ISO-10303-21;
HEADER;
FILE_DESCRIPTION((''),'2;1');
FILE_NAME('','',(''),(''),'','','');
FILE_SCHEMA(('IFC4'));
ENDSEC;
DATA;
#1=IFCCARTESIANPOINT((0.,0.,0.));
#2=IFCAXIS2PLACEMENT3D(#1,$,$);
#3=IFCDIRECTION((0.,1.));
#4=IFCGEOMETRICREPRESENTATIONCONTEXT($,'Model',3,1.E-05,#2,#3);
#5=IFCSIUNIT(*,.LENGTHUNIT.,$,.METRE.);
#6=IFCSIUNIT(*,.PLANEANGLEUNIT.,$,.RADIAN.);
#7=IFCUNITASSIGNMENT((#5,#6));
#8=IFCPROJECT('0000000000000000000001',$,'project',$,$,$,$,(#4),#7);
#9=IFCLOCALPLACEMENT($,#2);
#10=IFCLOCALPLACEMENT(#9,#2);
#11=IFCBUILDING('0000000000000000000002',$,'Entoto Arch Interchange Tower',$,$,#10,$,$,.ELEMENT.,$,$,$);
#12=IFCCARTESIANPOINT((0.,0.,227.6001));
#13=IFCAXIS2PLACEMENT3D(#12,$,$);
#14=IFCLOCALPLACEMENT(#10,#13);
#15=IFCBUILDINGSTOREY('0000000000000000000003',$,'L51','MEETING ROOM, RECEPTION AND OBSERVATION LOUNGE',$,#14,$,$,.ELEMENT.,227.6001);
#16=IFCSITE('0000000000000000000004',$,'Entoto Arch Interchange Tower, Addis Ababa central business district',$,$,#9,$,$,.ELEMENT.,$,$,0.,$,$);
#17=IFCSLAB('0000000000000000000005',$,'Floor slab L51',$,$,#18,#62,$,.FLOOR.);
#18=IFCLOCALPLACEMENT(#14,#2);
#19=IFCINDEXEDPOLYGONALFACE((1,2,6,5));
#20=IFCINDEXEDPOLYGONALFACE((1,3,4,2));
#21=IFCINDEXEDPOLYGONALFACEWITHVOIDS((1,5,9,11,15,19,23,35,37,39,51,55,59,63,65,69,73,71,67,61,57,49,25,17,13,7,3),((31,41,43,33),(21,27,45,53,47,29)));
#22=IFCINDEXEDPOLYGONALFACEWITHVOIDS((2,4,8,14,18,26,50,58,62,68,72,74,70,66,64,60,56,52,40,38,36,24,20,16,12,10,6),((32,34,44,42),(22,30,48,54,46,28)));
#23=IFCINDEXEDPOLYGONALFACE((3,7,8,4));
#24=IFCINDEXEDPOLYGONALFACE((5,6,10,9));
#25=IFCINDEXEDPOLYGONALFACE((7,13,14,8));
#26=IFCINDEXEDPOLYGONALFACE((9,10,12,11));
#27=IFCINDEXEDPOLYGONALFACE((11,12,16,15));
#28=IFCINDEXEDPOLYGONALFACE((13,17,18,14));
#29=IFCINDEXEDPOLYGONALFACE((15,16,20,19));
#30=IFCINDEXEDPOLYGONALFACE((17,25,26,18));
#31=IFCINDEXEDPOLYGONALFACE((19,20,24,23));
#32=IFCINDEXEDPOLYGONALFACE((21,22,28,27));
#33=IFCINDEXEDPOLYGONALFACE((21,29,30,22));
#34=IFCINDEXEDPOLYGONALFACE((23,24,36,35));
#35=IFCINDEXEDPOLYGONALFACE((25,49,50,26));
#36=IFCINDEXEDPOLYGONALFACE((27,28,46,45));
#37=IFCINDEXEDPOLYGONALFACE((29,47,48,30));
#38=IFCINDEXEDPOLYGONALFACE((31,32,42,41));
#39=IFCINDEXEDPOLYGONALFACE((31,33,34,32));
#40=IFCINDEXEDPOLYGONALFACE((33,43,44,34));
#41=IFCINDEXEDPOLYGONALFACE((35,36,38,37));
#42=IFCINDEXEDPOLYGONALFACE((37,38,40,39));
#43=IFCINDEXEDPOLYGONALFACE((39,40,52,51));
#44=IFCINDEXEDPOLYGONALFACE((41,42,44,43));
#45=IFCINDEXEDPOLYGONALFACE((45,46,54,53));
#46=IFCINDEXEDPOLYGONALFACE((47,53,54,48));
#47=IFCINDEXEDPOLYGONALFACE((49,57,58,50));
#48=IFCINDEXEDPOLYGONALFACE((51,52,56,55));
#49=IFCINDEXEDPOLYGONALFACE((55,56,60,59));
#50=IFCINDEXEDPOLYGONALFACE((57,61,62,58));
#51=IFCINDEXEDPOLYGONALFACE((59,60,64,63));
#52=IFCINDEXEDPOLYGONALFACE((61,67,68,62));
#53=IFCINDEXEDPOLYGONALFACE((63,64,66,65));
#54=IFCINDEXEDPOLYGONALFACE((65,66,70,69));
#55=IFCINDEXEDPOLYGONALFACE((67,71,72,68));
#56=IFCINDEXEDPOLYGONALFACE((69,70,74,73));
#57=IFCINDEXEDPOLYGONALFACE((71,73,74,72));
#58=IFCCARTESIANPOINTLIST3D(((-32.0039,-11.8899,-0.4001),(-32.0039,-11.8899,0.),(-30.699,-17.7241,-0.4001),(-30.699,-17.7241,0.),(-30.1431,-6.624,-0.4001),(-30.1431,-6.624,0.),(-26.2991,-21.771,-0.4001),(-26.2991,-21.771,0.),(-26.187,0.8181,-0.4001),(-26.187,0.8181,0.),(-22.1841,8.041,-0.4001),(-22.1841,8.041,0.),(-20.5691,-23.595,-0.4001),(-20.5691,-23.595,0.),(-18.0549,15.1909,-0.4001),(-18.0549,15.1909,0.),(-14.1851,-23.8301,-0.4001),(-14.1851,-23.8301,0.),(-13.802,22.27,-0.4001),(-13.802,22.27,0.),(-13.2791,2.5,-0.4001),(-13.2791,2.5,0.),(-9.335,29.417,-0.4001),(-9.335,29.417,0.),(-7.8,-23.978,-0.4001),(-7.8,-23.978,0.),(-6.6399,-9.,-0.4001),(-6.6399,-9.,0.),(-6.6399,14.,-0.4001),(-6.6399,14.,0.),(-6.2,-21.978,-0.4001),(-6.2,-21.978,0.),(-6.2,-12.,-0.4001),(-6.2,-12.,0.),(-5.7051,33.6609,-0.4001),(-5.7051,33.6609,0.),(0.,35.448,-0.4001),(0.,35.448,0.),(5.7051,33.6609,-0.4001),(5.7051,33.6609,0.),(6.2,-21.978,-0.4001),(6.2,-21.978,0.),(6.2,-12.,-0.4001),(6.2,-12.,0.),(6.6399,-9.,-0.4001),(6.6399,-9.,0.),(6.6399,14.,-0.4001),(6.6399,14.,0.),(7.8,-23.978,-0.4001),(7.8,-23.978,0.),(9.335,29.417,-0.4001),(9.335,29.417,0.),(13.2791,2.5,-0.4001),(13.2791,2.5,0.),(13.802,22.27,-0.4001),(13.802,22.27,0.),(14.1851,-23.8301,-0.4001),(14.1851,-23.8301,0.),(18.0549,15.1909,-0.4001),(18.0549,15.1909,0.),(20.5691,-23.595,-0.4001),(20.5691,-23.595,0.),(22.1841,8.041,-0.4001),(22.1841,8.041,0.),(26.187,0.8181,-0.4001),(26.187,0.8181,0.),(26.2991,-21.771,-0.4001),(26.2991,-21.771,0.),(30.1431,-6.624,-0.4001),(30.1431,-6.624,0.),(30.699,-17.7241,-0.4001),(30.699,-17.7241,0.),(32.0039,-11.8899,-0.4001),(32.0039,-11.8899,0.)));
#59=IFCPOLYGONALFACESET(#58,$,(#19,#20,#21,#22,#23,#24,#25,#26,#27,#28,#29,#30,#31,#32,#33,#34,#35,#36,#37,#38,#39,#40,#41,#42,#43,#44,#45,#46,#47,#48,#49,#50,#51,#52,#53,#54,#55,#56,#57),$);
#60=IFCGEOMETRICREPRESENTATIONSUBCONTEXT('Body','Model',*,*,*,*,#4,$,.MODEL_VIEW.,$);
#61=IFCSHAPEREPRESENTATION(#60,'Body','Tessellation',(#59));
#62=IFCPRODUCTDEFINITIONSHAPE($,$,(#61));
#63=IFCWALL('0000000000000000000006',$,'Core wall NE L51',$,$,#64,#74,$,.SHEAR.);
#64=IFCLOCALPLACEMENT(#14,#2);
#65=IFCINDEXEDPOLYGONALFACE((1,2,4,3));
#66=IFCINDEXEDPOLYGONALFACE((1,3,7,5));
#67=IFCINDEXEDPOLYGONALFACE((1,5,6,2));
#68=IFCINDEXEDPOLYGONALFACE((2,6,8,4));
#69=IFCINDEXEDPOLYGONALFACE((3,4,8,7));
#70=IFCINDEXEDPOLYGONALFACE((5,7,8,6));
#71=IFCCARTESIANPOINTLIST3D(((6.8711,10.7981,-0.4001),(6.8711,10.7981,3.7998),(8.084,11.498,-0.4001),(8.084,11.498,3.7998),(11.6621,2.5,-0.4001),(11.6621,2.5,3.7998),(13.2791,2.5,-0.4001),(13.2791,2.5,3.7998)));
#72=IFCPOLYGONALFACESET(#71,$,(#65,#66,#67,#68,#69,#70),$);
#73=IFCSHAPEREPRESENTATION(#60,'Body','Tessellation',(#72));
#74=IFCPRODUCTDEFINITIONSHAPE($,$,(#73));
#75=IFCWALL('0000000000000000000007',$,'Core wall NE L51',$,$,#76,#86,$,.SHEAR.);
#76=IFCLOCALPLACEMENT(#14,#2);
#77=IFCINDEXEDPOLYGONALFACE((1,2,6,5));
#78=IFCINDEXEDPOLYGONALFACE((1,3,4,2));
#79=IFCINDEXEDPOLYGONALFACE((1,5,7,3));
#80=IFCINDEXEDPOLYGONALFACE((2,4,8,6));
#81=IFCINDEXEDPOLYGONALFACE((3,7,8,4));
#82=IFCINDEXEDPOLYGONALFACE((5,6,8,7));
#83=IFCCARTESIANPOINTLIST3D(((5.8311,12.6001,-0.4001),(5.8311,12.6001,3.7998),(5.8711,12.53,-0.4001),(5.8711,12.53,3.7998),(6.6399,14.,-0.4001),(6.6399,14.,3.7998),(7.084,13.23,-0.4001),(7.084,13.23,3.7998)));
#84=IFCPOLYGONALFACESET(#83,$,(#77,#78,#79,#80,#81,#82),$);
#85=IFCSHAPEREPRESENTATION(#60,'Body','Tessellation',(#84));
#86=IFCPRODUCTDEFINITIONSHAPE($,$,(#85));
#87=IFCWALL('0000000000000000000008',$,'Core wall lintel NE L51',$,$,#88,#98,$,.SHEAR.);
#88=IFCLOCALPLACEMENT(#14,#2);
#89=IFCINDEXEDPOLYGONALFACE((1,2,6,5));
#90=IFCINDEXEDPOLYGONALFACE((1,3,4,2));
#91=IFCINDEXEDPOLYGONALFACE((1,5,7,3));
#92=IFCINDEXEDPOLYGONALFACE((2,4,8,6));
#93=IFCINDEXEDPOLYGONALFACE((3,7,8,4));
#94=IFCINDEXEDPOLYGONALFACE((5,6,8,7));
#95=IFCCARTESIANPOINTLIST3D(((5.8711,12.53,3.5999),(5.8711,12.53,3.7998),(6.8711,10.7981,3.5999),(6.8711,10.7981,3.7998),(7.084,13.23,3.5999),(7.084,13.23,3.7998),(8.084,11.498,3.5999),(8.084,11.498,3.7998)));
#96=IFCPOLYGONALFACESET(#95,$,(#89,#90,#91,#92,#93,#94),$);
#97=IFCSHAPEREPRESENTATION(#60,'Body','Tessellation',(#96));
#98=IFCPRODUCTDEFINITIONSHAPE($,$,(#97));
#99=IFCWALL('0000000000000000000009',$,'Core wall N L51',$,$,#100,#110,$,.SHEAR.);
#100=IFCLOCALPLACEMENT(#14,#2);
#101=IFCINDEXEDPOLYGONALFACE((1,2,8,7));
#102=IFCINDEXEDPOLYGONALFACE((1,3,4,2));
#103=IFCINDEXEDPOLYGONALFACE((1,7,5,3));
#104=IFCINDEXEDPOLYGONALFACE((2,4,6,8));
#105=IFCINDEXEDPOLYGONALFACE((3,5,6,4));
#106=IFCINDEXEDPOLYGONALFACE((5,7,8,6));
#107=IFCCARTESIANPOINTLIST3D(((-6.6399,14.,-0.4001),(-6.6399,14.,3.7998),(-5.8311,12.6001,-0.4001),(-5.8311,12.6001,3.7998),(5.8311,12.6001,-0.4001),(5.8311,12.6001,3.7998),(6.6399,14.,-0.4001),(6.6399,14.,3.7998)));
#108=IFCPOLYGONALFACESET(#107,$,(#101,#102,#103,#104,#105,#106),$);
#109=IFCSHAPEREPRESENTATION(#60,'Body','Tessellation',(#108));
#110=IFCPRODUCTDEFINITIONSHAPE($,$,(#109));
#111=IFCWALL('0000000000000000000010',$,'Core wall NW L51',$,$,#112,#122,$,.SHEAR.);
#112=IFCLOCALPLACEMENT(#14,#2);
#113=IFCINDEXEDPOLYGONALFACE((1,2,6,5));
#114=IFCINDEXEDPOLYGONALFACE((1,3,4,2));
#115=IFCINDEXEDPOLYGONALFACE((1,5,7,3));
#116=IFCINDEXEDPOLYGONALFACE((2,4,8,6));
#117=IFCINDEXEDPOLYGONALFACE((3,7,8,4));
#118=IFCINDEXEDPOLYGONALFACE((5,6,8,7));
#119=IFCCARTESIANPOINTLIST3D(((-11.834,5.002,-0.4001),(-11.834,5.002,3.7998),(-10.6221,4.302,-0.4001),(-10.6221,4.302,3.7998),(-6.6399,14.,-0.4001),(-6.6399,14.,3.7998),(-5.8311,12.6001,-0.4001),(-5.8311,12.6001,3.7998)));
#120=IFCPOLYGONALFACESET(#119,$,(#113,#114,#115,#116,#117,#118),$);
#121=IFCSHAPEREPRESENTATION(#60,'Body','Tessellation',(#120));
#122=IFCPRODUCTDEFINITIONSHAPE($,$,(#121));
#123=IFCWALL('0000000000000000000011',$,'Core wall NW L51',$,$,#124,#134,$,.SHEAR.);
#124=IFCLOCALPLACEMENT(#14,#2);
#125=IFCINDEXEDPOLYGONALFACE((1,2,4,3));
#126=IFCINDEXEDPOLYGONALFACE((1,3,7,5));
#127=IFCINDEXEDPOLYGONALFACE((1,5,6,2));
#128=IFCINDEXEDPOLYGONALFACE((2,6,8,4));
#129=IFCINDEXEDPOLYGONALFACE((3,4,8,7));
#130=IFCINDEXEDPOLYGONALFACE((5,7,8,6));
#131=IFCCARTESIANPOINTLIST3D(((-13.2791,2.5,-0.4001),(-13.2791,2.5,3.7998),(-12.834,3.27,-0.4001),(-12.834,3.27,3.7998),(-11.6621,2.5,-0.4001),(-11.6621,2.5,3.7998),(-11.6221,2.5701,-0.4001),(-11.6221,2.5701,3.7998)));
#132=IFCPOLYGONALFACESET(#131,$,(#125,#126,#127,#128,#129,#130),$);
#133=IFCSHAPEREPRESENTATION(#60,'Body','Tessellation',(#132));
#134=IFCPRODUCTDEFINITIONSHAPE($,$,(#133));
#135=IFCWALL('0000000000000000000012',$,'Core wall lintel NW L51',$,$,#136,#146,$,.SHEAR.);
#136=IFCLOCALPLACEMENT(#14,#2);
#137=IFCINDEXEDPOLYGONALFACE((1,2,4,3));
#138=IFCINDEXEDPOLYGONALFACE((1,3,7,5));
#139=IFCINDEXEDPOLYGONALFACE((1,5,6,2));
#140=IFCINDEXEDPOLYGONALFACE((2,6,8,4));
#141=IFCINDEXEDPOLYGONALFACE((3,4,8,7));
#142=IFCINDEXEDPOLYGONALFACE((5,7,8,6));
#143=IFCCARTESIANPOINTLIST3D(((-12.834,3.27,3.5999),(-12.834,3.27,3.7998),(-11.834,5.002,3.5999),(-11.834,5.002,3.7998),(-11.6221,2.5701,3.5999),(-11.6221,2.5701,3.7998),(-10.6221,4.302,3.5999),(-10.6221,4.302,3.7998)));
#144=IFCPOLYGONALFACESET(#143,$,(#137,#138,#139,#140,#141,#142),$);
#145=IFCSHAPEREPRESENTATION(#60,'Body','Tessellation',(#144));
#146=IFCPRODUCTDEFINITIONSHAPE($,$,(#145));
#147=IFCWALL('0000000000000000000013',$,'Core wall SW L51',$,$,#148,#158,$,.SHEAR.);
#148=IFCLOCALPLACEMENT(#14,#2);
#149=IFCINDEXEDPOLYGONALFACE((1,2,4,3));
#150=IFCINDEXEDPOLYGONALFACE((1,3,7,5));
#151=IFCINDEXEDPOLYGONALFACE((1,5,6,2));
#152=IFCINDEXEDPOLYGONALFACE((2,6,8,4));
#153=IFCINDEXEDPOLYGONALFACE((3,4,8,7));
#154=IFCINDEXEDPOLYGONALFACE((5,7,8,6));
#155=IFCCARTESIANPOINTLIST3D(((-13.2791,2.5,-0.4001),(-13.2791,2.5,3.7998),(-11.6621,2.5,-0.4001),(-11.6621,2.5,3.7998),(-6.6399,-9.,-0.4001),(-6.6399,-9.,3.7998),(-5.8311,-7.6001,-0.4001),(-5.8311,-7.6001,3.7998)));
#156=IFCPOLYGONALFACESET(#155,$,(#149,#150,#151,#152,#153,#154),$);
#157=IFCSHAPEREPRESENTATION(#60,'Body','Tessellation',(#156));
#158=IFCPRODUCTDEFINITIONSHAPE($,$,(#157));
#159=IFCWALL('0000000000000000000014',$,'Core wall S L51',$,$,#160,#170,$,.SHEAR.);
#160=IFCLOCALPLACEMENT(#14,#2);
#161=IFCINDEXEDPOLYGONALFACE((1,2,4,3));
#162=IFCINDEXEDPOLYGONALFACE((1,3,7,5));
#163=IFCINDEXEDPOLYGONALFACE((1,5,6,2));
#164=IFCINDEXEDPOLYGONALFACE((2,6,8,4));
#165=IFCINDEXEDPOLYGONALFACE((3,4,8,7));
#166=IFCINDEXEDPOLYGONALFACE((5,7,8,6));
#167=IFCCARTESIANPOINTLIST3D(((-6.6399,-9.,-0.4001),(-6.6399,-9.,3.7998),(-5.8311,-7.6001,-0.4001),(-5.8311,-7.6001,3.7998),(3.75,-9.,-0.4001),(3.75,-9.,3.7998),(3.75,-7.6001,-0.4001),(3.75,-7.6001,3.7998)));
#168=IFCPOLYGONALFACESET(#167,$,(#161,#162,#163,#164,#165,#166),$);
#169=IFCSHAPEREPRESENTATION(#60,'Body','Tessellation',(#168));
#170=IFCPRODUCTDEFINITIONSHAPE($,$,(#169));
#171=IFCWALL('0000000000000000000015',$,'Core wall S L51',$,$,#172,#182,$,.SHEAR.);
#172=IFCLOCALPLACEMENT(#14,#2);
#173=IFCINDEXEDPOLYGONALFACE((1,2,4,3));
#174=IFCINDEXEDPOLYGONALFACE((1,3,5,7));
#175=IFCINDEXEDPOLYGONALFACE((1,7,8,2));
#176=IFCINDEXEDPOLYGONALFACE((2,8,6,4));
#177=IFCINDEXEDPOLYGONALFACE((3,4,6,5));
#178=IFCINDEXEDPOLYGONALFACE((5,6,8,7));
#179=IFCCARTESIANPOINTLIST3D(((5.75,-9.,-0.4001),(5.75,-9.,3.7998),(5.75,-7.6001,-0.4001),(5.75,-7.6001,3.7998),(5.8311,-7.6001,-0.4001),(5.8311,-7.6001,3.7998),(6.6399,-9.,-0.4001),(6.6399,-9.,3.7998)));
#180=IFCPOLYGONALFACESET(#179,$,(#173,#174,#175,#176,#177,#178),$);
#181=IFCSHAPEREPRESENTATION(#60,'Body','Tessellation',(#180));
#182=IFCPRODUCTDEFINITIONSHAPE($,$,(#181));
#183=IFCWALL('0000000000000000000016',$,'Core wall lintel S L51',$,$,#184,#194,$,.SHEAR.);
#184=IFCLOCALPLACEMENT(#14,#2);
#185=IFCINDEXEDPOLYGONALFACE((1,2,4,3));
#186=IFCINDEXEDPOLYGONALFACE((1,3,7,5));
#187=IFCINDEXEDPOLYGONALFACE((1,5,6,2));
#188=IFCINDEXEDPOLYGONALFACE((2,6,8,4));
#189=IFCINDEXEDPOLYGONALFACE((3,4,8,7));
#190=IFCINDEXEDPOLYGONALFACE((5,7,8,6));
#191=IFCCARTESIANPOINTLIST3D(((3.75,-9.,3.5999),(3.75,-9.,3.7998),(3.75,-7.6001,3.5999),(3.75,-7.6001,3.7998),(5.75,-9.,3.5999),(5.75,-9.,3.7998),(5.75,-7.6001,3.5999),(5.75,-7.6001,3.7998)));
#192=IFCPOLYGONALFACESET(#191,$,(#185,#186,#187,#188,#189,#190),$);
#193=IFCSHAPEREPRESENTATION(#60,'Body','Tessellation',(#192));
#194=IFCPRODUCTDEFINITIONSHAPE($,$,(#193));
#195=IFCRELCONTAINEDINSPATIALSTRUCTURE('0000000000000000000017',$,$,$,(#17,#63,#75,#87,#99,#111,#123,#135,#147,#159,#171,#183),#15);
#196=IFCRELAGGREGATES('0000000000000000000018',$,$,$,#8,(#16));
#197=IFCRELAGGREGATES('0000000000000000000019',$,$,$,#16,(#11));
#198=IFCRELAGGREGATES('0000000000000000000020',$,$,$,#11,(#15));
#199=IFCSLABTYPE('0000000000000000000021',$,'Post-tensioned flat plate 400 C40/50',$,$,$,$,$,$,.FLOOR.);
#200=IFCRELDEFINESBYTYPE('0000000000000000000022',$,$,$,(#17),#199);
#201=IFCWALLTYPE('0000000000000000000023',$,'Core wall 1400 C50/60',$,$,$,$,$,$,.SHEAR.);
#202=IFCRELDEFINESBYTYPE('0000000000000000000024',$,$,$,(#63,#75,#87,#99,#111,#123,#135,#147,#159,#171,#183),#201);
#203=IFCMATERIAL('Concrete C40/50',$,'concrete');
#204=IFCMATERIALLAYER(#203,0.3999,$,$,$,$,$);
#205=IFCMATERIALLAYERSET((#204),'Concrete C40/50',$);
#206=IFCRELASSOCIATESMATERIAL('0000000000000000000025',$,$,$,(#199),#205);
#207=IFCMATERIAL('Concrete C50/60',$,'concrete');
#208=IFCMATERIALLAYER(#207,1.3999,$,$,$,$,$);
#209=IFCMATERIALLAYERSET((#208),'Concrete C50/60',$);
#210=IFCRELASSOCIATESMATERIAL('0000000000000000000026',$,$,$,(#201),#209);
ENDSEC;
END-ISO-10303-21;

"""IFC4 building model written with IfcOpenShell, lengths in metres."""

from ifc_helpers import new_model, si_unit, direction, frame, origin, place, context, subcontext, project, spatial, polyline, outline, extrude, material, layer, layer_set, type_object, element, save


model = new_model("IFC4")

# Units and contexts
model_context = context("Model", 3, precision=1e-05, world=origin(), true_north=direction((0.0, 1.0)))
body_context = subcontext(model_context, "Body", "Model", "MODEL_VIEW")
ifc_project = project(units=[si_unit("LENGTHUNIT", "METRE"), si_unit("PLANEANGLEUNIT", "RADIAN")], contexts=[model_context])

# Site, building, storey
site_placement = place(None, origin())
site = spatial("IfcSite", under=ifc_project, at=site_placement, Name="Entoto Arch Interchange Tower, Addis Ababa central business district", CompositionType="ELEMENT", RefElevation=0.0)
building_placement = place(site_placement, origin())
building = spatial("IfcBuilding", under=site, at=building_placement, Name="Entoto Arch Interchange Tower", CompositionType="ELEMENT")
storey_placement = place(building_placement, frame((0.0, 0.0, 227.6001)))
storey = spatial("IfcBuildingStorey", under=building, at=storey_placement, Name="L51", Description="MEETING ROOM, RECEPTION AND OBSERVATION LOUNGE", CompositionType="ELEMENT", Elevation=227.6001)

# Slab
ifc_material_1 = material(Name="Concrete C40/50", Category="concrete")
ifc_layer_1 = layer(ifc_material_1, 0.3999)
ifc_layer_set_1 = layer_set([ifc_layer_1], Name="Concrete C40/50")
slab_type = type_object("IfcSlabType", Name="Post-tensioned flat plate 400 C40/50", PredefinedType="FLOOR", material=ifc_layer_set_1)
slab_placement = place(storey_placement, frame((0.0, 0.0, -0.4001)))
element("IfcSlab", 1, at=slab_placement, inside=storey, type_object=slab_type, Name="Floor slab L51", PredefinedType="FLOOR", context=body_context, shape_type="SweptSolid", body=[
    extrude(outline(polyline([(-20.5691, -23.595), (-14.1851, -23.8301), (-7.8, -23.978), (7.8, -23.978), (14.1851, -23.8301), (20.5691, -23.595), (26.2991, -21.771), (30.699, -17.7241), (32.0039, -11.8899), (30.1431, -6.624), (26.187, 0.8181), (22.1841, 8.041), (18.0549, 15.1909), (13.802, 22.27), (9.335, 29.417), (5.7051, 33.6609), (0.0, 35.448), (-5.7051, 33.6609), (-9.335, 29.417), (-13.802, 22.27), (-18.0549, 15.1909), (-22.1841, 8.041), (-26.187, 0.8181), (-30.1431, -6.624), (-32.0039, -11.8899), (-30.699, -17.7241), (-26.2991, -21.771), (-20.5691, -23.595)]), holes=[polyline([(6.2, -21.978), (6.2, -12.0), (-6.2, -12.0), (-6.2, -21.978), (6.2, -21.978)]), polyline([(13.2791, 2.5), (6.6399, 14.0), (-6.6399, 14.0), (-13.2791, 2.5), (-6.6399, -9.0), (6.6399, -9.0), (13.2791, 2.5)])]), origin(), (0.0, 0.0, 1.0), 0.4001),
])

# Walls
ifc_material_2 = material(Name="Concrete C50/60", Category="concrete")
ifc_layer_2 = layer(ifc_material_2, 1.3999)
ifc_layer_set_2 = layer_set([ifc_layer_2], Name="Concrete C50/60")
wall_type_1 = type_object("IfcWallType", Name="Core wall 1400 C50/60", PredefinedType="SHEAR", material=ifc_layer_set_2)
wall_1_placement = place(storey_placement, frame((0.0, 0.0, -0.4001)))
element("IfcWall", 2, at=wall_1_placement, inside=storey, type_object=wall_type_1, Name="Core wall NE L51", PredefinedType="SHEAR", context=body_context, shape_type="SweptSolid", body=[
    extrude(outline(polyline([(8.084, 11.498), (6.8711, 10.7981), (11.6621, 2.5), (13.2791, 2.5), (8.084, 11.498)])), origin(), (0.0, 0.0, 1.0), 4.2),
])
wall_2_placement = place(storey_placement, frame((0.0, 0.0, -0.4001)))
element("IfcWall", 3, at=wall_2_placement, inside=storey, type_object=wall_type_1, Name="Core wall NE L51", PredefinedType="SHEAR", context=body_context, shape_type="SweptSolid", body=[
    extrude(outline(polyline([(5.8711, 12.53), (7.084, 13.23), (6.6399, 14.0), (5.8311, 12.6001), (5.8711, 12.53)])), origin(), (0.0, 0.0, 1.0), 4.2),
])
wall_3_placement = place(storey_placement, frame((0.0, 0.0, 3.5999)))
element("IfcWall", 4, at=wall_3_placement, inside=storey, type_object=wall_type_1, Name="Core wall lintel NE L51", PredefinedType="SHEAR", context=body_context, shape_type="SweptSolid", body=[
    extrude(outline(polyline([(7.084, 13.23), (5.8711, 12.53), (6.8711, 10.7981), (8.084, 11.498), (7.084, 13.23)])), origin(), (0.0, 0.0, 1.0), 0.2),
])
wall_4_placement = place(storey_placement, frame((0.0, 0.0, -0.4001)))
element("IfcWall", 5, at=wall_4_placement, inside=storey, type_object=wall_type_1, Name="Core wall N L51", PredefinedType="SHEAR", context=body_context, shape_type="SweptSolid", body=[
    extrude(outline(polyline([(6.6399, 14.0), (-6.6399, 14.0), (-5.8311, 12.6001), (5.8311, 12.6001), (6.6399, 14.0)])), origin(), (0.0, 0.0, 1.0), 4.2),
])
wall_5_placement = place(storey_placement, frame((0.0, 0.0, -0.4001)))
element("IfcWall", 6, at=wall_5_placement, inside=storey, type_object=wall_type_1, Name="Core wall NW L51", PredefinedType="SHEAR", context=body_context, shape_type="SweptSolid", body=[
    extrude(outline(polyline([(-11.834, 5.002), (-10.6221, 4.302), (-5.8311, 12.6001), (-6.6399, 14.0), (-11.834, 5.002)])), origin(), (0.0, 0.0, 1.0), 4.2),
])
wall_6_placement = place(storey_placement, frame((0.0, 0.0, -0.4001)))
element("IfcWall", 7, at=wall_6_placement, inside=storey, type_object=wall_type_1, Name="Core wall NW L51", PredefinedType="SHEAR", context=body_context, shape_type="SweptSolid", body=[
    extrude(outline(polyline([(-11.6221, 2.5701), (-12.834, 3.27), (-13.2791, 2.5), (-11.6621, 2.5), (-11.6221, 2.5701)])), origin(), (0.0, 0.0, 1.0), 4.2),
])
wall_7_placement = place(storey_placement, frame((0.0, 0.0, 3.5999)))
element("IfcWall", 8, at=wall_7_placement, inside=storey, type_object=wall_type_1, Name="Core wall lintel NW L51", PredefinedType="SHEAR", context=body_context, shape_type="SweptSolid", body=[
    extrude(outline(polyline([(-12.834, 3.27), (-11.6221, 2.5701), (-10.6221, 4.302), (-11.834, 5.002), (-12.834, 3.27)])), origin(), (0.0, 0.0, 1.0), 0.2),
])
wall_8_placement = place(storey_placement, frame((0.0, 0.0, -0.4001)))
element("IfcWall", 9, at=wall_8_placement, inside=storey, type_object=wall_type_1, Name="Core wall SW L51", PredefinedType="SHEAR", context=body_context, shape_type="SweptSolid", body=[
    extrude(outline(polyline([(-13.2791, 2.5), (-6.6399, -9.0), (-5.8311, -7.6001), (-11.6621, 2.5), (-13.2791, 2.5)])), origin(), (0.0, 0.0, 1.0), 4.2),
])
wall_9_placement = place(storey_placement, frame((0.0, 0.0, -0.4001)))
element("IfcWall", 10, at=wall_9_placement, inside=storey, type_object=wall_type_1, Name="Core wall S L51", PredefinedType="SHEAR", context=body_context, shape_type="SweptSolid", body=[
    extrude(outline(polyline([(3.75, -9.0), (3.75, -7.6001), (-5.8311, -7.6001), (-6.6399, -9.0), (3.75, -9.0)])), origin(), (0.0, 0.0, 1.0), 4.2),
])
wall_10_placement = place(storey_placement, frame((0.0, 0.0, -0.4001)))
element("IfcWall", 11, at=wall_10_placement, inside=storey, type_object=wall_type_1, Name="Core wall S L51", PredefinedType="SHEAR", context=body_context, shape_type="SweptSolid", body=[
    extrude(outline(polyline([(5.75, -7.6001), (5.75, -9.0), (6.6399, -9.0), (5.8311, -7.6001), (5.75, -7.6001)])), origin(), (0.0, 0.0, 1.0), 4.2),
])
wall_11_placement = place(storey_placement, frame((0.0, 0.0, 3.5999)))
element("IfcWall", 12, at=wall_11_placement, inside=storey, type_object=wall_type_1, Name="Core wall lintel S L51", PredefinedType="SHEAR", context=body_context, shape_type="SweptSolid", body=[
    extrude(outline(polyline([(5.75, -9.0), (5.75, -7.6001), (3.75, -7.6001), (3.75, -9.0), (5.75, -9.0)])), origin(), (0.0, 0.0, 1.0), 0.2),
])

save(model, "model.ifc")
